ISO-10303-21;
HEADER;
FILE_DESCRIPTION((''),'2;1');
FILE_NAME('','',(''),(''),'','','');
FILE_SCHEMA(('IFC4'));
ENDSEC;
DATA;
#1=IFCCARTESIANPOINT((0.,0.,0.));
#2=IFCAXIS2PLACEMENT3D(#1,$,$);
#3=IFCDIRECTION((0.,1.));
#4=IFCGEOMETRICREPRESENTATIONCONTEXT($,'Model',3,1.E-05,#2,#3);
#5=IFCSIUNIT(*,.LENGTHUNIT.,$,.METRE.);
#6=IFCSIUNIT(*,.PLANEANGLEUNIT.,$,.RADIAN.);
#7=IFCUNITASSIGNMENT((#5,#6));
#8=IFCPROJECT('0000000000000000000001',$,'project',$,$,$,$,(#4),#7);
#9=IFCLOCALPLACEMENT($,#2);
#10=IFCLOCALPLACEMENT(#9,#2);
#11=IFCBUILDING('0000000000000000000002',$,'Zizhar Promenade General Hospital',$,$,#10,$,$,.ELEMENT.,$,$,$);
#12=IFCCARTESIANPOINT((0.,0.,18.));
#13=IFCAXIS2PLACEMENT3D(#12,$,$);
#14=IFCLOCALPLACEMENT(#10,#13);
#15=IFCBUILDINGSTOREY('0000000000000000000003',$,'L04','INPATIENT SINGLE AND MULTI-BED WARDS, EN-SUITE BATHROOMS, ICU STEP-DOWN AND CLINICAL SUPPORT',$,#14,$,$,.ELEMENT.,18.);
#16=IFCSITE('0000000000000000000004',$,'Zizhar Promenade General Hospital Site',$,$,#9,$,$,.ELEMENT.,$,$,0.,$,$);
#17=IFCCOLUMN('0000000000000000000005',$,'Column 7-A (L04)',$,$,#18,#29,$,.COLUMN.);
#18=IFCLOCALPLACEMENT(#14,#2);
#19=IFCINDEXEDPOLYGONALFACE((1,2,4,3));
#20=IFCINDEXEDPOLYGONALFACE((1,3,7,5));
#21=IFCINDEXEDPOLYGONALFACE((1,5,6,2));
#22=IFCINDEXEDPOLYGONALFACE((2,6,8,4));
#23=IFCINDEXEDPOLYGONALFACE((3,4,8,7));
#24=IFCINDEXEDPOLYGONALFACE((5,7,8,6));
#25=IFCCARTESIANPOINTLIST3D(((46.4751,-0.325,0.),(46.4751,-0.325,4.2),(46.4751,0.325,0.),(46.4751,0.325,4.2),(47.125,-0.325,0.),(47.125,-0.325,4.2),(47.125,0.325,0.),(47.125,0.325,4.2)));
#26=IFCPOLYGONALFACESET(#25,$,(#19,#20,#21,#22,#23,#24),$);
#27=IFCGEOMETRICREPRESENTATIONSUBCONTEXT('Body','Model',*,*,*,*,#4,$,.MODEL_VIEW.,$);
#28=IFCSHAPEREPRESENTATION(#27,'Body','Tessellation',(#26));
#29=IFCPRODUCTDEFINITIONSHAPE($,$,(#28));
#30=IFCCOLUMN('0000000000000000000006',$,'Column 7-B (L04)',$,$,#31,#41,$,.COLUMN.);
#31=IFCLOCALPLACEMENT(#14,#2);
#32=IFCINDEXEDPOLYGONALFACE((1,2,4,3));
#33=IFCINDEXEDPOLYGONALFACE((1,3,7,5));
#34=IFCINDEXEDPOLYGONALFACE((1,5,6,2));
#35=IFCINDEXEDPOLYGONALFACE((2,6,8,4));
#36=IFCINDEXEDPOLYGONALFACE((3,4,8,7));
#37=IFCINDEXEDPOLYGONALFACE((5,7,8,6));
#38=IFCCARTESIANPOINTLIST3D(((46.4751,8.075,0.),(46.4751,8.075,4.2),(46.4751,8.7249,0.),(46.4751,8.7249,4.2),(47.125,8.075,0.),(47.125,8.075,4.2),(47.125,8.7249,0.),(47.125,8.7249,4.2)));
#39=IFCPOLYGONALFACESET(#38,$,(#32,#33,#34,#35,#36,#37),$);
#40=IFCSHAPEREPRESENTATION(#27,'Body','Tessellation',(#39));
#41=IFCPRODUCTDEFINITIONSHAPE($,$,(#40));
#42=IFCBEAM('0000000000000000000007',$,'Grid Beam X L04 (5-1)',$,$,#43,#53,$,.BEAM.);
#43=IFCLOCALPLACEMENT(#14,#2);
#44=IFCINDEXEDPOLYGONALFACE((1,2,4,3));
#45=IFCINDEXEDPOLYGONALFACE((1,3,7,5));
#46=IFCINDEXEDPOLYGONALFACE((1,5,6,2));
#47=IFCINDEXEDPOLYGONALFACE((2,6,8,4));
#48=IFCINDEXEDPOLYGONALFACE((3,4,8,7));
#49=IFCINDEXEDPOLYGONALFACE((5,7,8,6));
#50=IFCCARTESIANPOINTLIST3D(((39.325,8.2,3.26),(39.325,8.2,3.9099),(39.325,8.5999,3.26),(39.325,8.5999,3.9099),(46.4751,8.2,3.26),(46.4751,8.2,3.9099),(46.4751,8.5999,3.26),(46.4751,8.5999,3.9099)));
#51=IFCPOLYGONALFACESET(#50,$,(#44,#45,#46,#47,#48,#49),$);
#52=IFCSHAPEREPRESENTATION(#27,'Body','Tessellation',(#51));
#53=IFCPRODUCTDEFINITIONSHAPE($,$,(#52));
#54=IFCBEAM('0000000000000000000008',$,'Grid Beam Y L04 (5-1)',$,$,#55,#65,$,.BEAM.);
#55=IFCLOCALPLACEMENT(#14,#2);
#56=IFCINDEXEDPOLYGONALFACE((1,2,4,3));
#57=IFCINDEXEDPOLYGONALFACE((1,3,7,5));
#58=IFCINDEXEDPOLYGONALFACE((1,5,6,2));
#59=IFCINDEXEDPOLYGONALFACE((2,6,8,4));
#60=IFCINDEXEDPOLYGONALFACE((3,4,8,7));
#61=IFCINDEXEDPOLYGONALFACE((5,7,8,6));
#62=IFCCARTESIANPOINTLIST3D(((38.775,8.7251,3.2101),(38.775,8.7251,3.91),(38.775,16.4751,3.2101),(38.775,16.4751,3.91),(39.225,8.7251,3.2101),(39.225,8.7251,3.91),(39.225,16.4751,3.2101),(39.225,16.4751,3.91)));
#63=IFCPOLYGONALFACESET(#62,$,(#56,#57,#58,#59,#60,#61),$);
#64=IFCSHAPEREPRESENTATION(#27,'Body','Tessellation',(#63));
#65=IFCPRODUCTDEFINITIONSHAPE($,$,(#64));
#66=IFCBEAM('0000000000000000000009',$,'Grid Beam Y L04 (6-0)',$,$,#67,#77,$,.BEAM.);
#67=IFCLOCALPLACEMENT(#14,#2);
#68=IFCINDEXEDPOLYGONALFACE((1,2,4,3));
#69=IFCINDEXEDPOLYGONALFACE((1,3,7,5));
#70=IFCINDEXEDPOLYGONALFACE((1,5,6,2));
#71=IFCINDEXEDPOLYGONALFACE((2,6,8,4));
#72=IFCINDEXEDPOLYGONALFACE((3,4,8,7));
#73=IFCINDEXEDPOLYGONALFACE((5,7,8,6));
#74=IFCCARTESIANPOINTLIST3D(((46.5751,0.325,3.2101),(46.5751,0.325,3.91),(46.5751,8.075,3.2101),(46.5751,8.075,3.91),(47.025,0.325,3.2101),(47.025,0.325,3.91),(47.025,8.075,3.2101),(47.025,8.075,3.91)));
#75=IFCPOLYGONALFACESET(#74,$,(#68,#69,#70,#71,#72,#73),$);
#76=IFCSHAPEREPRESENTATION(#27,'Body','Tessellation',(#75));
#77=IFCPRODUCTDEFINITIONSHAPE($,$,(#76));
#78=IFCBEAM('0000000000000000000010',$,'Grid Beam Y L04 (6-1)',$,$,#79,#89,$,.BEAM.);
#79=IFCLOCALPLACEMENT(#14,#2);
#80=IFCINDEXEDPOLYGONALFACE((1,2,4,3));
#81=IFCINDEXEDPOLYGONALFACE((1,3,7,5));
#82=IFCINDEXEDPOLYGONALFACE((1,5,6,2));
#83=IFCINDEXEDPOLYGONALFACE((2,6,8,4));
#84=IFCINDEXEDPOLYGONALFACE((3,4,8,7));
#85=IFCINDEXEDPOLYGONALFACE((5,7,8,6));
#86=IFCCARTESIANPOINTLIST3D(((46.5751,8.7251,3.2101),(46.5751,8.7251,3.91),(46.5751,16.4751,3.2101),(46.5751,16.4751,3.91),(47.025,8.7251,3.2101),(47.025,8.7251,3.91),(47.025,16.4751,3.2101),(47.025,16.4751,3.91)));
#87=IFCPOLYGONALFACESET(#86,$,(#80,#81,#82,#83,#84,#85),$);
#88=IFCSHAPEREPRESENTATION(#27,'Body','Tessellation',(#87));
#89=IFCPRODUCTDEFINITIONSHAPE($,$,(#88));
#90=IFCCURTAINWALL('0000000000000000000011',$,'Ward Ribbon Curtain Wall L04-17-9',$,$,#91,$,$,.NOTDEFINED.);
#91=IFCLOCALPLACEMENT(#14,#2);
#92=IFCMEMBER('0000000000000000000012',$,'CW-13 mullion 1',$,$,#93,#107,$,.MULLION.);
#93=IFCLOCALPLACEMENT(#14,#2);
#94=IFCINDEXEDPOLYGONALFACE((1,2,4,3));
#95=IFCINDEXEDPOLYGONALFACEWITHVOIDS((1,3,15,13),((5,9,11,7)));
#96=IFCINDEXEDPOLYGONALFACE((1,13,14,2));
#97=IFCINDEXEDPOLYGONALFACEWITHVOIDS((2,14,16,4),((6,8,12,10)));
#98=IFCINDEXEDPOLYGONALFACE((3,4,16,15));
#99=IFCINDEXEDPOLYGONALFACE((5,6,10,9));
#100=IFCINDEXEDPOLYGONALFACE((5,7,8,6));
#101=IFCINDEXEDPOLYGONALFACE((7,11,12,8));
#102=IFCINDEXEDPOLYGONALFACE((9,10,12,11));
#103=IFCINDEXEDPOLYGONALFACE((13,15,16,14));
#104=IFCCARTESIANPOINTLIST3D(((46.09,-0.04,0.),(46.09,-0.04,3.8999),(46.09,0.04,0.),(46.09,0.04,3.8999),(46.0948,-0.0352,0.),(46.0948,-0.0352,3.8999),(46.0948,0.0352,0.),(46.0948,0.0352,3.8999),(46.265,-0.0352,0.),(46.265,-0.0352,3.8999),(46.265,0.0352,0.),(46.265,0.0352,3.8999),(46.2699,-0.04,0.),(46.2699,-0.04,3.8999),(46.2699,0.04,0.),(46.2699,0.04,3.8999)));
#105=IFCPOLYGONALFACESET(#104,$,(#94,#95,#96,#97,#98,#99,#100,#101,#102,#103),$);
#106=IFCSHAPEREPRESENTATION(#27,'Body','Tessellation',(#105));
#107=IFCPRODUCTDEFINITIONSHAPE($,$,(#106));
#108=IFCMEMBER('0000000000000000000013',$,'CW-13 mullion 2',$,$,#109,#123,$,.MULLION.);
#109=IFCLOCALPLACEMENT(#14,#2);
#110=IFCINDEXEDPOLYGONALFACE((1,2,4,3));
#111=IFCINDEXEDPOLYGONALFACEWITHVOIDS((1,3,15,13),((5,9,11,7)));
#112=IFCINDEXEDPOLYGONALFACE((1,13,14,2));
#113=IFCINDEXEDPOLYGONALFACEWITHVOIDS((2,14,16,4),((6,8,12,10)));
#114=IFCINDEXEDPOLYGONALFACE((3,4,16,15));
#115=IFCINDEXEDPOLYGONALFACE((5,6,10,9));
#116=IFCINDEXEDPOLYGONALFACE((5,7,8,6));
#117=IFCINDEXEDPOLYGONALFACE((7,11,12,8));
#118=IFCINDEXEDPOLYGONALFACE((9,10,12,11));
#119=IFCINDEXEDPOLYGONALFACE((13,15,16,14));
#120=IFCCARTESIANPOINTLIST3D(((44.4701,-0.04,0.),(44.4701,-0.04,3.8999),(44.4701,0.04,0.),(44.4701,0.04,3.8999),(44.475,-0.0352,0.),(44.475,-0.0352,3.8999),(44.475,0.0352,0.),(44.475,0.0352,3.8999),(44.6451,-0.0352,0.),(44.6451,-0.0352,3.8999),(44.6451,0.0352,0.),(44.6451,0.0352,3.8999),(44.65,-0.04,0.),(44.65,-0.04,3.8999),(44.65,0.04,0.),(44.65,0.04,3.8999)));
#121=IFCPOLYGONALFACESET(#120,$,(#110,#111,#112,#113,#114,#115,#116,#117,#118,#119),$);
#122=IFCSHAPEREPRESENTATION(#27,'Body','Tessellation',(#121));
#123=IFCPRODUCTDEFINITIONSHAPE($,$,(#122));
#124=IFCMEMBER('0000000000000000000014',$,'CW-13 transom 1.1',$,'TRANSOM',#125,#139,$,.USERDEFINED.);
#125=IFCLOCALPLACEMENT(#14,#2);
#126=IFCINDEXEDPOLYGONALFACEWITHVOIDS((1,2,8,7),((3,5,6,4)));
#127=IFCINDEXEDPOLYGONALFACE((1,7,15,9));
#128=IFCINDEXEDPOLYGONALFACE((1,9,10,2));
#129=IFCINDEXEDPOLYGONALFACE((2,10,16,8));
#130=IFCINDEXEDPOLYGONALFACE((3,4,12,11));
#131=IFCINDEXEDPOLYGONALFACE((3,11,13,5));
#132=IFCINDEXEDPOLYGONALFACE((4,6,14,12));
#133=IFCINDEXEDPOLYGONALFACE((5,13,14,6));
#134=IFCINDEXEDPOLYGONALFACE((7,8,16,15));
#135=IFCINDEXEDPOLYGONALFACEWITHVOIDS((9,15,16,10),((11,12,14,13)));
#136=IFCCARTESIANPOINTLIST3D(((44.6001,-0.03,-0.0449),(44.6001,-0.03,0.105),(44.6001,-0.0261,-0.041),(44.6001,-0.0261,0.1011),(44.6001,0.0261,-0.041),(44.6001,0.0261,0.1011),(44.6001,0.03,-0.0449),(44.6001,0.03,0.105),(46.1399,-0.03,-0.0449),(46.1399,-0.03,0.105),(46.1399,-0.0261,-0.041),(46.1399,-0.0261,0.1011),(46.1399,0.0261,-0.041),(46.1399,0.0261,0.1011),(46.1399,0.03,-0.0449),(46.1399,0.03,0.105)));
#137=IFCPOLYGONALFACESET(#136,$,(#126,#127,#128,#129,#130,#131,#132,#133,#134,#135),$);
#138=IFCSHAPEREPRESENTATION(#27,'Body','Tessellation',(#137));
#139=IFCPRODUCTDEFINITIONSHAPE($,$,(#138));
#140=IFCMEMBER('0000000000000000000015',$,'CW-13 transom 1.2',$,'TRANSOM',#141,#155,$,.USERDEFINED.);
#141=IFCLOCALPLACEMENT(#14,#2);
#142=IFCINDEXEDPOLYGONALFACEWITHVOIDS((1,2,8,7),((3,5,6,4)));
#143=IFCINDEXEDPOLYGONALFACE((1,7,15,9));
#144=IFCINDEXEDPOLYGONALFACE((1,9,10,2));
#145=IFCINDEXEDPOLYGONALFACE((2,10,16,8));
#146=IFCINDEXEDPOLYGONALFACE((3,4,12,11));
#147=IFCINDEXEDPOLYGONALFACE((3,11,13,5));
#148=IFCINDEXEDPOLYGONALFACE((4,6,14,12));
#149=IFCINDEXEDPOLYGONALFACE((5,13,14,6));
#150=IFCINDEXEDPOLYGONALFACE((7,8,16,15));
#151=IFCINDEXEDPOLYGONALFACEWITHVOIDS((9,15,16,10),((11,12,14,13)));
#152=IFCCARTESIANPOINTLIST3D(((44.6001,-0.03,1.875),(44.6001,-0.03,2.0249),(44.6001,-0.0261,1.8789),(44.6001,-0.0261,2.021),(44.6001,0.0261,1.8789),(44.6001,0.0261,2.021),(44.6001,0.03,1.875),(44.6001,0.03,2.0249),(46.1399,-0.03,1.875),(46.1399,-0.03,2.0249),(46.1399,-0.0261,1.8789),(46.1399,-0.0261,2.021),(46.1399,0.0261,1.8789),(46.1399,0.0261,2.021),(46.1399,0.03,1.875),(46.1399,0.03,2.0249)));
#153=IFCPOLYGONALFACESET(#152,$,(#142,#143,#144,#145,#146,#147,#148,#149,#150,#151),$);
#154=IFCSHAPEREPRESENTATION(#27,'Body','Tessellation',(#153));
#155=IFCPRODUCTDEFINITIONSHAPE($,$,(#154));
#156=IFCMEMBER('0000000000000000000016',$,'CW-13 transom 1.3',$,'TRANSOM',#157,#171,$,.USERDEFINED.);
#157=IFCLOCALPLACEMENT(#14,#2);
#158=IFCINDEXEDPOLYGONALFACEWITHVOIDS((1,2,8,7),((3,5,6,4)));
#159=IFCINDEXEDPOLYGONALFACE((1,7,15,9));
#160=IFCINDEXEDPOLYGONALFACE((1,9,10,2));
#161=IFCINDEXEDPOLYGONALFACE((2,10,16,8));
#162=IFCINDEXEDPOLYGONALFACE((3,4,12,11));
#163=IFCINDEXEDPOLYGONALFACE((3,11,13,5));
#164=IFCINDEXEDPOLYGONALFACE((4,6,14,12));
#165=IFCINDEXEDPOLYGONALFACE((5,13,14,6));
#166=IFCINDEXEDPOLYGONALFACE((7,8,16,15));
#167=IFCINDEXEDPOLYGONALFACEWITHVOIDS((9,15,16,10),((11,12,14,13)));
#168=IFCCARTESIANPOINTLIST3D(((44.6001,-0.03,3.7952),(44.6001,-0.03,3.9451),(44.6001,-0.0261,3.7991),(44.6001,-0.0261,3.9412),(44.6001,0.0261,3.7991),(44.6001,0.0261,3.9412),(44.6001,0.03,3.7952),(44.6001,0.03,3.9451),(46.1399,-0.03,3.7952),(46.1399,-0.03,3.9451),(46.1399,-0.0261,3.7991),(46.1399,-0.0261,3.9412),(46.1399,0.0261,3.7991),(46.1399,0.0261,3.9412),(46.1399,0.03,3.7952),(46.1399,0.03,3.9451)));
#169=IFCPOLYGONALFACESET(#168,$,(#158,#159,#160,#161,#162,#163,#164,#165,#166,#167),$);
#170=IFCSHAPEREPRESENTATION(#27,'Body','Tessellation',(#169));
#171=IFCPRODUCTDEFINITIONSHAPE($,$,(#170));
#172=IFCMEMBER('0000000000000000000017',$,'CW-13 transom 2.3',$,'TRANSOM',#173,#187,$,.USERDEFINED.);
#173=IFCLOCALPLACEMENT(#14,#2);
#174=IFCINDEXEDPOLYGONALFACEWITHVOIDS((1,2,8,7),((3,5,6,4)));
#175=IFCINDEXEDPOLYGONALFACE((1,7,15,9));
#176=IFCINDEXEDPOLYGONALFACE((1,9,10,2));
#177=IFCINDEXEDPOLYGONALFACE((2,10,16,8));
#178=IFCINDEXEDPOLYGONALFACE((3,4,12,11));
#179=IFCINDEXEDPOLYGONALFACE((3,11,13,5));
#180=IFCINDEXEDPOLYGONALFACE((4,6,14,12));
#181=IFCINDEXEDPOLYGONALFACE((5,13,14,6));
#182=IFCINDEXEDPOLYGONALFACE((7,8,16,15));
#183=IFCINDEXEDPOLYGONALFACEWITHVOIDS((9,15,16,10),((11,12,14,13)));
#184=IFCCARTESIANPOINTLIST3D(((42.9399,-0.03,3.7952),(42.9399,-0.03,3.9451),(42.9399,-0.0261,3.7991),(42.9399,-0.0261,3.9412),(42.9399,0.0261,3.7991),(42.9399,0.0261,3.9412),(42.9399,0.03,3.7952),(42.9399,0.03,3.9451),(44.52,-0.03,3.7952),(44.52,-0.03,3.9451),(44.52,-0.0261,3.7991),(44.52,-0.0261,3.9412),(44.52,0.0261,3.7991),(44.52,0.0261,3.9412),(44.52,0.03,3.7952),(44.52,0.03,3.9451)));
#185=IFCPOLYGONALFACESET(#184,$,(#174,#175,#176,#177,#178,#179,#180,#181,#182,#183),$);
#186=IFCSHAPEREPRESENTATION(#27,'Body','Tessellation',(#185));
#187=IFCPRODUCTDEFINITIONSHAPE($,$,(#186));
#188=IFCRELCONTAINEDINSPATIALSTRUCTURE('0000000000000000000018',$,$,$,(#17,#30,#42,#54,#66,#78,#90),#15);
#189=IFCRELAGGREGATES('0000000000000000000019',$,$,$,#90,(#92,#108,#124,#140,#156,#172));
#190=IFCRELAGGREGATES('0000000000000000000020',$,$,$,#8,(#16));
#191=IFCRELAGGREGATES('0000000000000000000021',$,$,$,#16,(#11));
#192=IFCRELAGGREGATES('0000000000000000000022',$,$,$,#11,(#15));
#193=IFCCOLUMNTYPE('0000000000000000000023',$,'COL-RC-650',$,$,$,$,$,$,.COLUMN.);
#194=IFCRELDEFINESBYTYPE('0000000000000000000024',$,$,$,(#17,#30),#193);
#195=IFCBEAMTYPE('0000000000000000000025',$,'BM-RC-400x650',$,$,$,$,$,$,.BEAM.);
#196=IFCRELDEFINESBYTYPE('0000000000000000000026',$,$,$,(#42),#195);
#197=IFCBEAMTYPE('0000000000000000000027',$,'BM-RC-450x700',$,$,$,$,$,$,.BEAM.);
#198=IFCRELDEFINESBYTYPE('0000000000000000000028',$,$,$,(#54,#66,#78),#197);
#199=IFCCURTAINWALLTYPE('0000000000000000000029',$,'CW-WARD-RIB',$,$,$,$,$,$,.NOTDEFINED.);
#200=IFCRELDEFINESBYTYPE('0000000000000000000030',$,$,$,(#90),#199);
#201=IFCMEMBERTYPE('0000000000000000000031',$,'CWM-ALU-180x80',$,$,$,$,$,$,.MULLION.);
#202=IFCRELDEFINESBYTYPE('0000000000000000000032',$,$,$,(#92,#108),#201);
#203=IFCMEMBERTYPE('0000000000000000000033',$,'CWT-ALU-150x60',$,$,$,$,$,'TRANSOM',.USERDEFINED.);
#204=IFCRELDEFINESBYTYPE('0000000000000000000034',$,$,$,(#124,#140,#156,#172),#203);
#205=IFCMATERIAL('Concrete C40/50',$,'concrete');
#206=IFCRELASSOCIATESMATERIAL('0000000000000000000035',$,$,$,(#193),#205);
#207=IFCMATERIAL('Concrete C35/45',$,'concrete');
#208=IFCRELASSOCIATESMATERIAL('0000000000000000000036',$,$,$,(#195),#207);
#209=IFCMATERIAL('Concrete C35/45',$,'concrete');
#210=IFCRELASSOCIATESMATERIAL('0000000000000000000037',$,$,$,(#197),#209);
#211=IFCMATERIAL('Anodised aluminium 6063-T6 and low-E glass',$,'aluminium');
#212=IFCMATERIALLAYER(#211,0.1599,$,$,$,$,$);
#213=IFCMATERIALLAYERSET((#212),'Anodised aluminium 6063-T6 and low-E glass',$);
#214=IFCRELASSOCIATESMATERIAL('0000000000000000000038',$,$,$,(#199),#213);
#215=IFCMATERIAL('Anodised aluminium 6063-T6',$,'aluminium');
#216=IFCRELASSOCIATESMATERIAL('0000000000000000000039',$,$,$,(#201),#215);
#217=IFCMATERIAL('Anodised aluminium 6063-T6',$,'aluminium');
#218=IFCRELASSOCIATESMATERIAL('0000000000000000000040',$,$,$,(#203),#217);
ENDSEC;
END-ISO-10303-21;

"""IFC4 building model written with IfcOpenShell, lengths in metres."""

from ifc_helpers import new_model, si_unit, direction, frame, origin, origin_2d, place, context, subcontext, project, spatial, rectangle, hollow_rectangle, extrude, material, layer, layer_set, material_profile, profile_set, type_object, element, aggregate, save


model = new_model("IFC4")

# Units and contexts
model_context = context("Model", 3, precision=1e-05, world=origin(), true_north=direction((0.0, 1.0)))
body_context = subcontext(model_context, "Body", "Model", "MODEL_VIEW")
ifc_project = project(units=[si_unit("LENGTHUNIT", "METRE"), si_unit("PLANEANGLEUNIT", "RADIAN")], contexts=[model_context])

# Site, building, storey
site_placement = place(None, origin())
site = spatial("IfcSite", under=ifc_project, at=site_placement, Name="Zizhar Promenade General Hospital Site", CompositionType="ELEMENT", RefElevation=0.0)
building_placement = place(site_placement, origin())
building = spatial("IfcBuilding", under=site, at=building_placement, Name="Zizhar Promenade General Hospital", CompositionType="ELEMENT")
storey_placement = place(building_placement, frame((0.0, 0.0, 18.0)))
storey = spatial("IfcBuildingStorey", under=building, at=storey_placement, Name="L04", Description="INPATIENT SINGLE AND MULTI-BED WARDS, EN-SUITE BATHROOMS, ICU STEP-DOWN AND CLINICAL SUPPORT", CompositionType="ELEMENT", Elevation=18.0)

# Columns
ifc_material_1 = material(Name="Concrete C40/50", Category="concrete")
ifc_material_profile_1 = material_profile(ifc_material_1, rectangle(XDim=0.6499, YDim=0.6499, at=origin_2d()))
ifc_profile_set_1 = profile_set([ifc_material_profile_1], Name="Concrete C40/50")
column_type = type_object("IfcColumnType", Name="COL-RC-650", PredefinedType="COLUMN", material=ifc_profile_set_1)
for number, where, z_axis, x_axis, name in (
    (1, (46.8, 0.0, 0.0), (0.0, 0.0, 1.0), (1.0, 0.0, 0.0), "Column 7-A (L04)"),
    (2, (46.8, 8.3999, 0.0), (0.0, 0.0, 1.0), (1.0, 0.0, 0.0), "Column 7-B (L04)"),
):
    element("IfcColumn", number, at=place(storey_placement, frame(where, z_axis=z_axis, x_axis=x_axis)), inside=storey, type_object=column_type, Name=name, PredefinedType="COLUMN", context=body_context, shape_type="SweptSolid", body=[
        extrude(rectangle(XDim=0.6499, YDim=0.6499, at=origin_2d()), origin(), (0.0, 0.0, 1.0), 4.2),
    ])

# Beams
ifc_material_2 = material(Name="Concrete C35/45", Category="concrete")
ifc_material_profile_2 = material_profile(ifc_material_2, rectangle(XDim=0.3999, YDim=0.6499, at=origin_2d()))
ifc_profile_set_2 = profile_set([ifc_material_profile_2], Name="Concrete C35/45")
beam_type_1 = type_object("IfcBeamType", Name="BM-RC-400x650", PredefinedType="BEAM", material=ifc_profile_set_2)
beam_placement = place(storey_placement, frame((39.325, 8.3999, 3.585), z_axis=(1.0, 0.0, 0.0), x_axis=(0.0, 1.0, 0.0)))
element("IfcBeam", 3, at=beam_placement, inside=storey, type_object=beam_type_1, Name="Grid Beam X L04 (5-1)", PredefinedType="BEAM", context=body_context, shape_type="SweptSolid", body=[
    extrude(rectangle(XDim=0.3999, YDim=0.6499, at=origin_2d()), origin(), (0.0, 0.0, 1.0), 7.1501),
])
ifc_material_3 = material(Name="Concrete C35/45", Category="concrete")
ifc_material_profile_3 = material_profile(ifc_material_3, rectangle(XDim=0.45, YDim=0.7, at=origin_2d()))
ifc_profile_set_3 = profile_set([ifc_material_profile_3], Name="Concrete C35/45")
beam_type_2 = type_object("IfcBeamType", Name="BM-RC-450x700", PredefinedType="BEAM", material=ifc_profile_set_3)
for number, where, z_axis, x_axis, name in (
    (4, (39.0, 8.7251, 3.5601), (0.0, 1.0, 0.0), (-1.0, 0.0, 0.0), "Grid Beam Y L04 (5-1)"),
    (5, (46.8, 0.325, 3.5601), (0.0, 1.0, 0.0), (-1.0, 0.0, 0.0), "Grid Beam Y L04 (6-0)"),
    (6, (46.8, 8.7251, 3.5601), (0.0, 1.0, 0.0), (-1.0, 0.0, 0.0), "Grid Beam Y L04 (6-1)"),
):
    element("IfcBeam", number, at=place(storey_placement, frame(where, z_axis=z_axis, x_axis=x_axis)), inside=storey, type_object=beam_type_2, Name=name, PredefinedType="BEAM", context=body_context, shape_type="SweptSolid", body=[
        extrude(rectangle(XDim=0.45, YDim=0.7, at=origin_2d()), origin(), (0.0, 0.0, 1.0), 7.75),
    ])

# Curtain wall, members
ifc_material_4 = material(Name="Anodised aluminium 6063-T6 and low-E glass", Category="aluminium")
ifc_layer_1 = layer(ifc_material_4, 0.1599)
ifc_layer_set_1 = layer_set([ifc_layer_1], Name="Anodised aluminium 6063-T6 and low-E glass")
curtain_wall_type = type_object("IfcCurtainWallType", Name="CW-WARD-RIB", PredefinedType="NOTDEFINED", material=ifc_layer_set_1)
curtain_wall_placement = place(storey_placement, origin())
curtain_wall = element("IfcCurtainWall", 7, at=curtain_wall_placement, inside=storey, type_object=curtain_wall_type, Name="Ward Ribbon Curtain Wall L04-17-9", PredefinedType="NOTDEFINED")
ifc_material_5 = material(Name="Anodised aluminium 6063-T6", Category="aluminium")
ifc_material_profile_4 = material_profile(ifc_material_5, hollow_rectangle(XDim=0.0801, YDim=0.1799, WallThickness=0.0049, at=origin_2d()))
ifc_profile_set_4 = profile_set([ifc_material_profile_4], Name="Anodised aluminium 6063-T6")
member_type_1 = type_object("IfcMemberType", Name="CWM-ALU-180x80", PredefinedType="MULLION", material=ifc_profile_set_4)
member_1_placement = place(storey_placement, frame((46.1799, 0.0, 0.0), z_axis=(0.0, 0.0, 1.0), x_axis=(0.0, -1.0, 0.0)))
member_1 = element("IfcMember", 8, at=member_1_placement, type_object=member_type_1, Name="CW-13 mullion 1", PredefinedType="MULLION", context=body_context, shape_type="SweptSolid", body=[
    extrude(hollow_rectangle(XDim=0.0801, YDim=0.1799, WallThickness=0.0049, at=origin_2d()), origin(), (0.0, 0.0, 1.0), 3.8999),
])
member_2_placement = place(storey_placement, frame((44.5601, 0.0, 0.0), z_axis=(0.0, 0.0, 1.0), x_axis=(0.0, -1.0, 0.0)))
member_2 = element("IfcMember", 9, at=member_2_placement, type_object=member_type_1, Name="CW-13 mullion 2", PredefinedType="MULLION", context=body_context, shape_type="SweptSolid", body=[
    extrude(hollow_rectangle(XDim=0.0801, YDim=0.1799, WallThickness=0.0049, at=origin_2d()), origin(), (0.0, 0.0, 1.0), 3.8999),
])
ifc_material_6 = material(Name="Anodised aluminium 6063-T6", Category="aluminium")
ifc_material_profile_5 = material_profile(ifc_material_6, hollow_rectangle(XDim=0.0601, YDim=0.1499, WallThickness=0.0039, at=origin_2d()))
ifc_profile_set_5 = profile_set([ifc_material_profile_5], Name="Anodised aluminium 6063-T6")
member_type_2 = type_object("IfcMemberType", Name="CWT-ALU-150x60", ElementType="TRANSOM", PredefinedType="USERDEFINED", material=ifc_profile_set_5)
member_3_placement = place(storey_placement, frame((46.1399, 0.0, 0.03), z_axis=(-1.0, 0.0, 0.0), x_axis=(0.0, -1.0, 0.0)))
member_3 = element("IfcMember", 10, at=member_3_placement, type_object=member_type_2, Name="CW-13 transom 1.1", ObjectType="TRANSOM", PredefinedType="USERDEFINED", context=body_context, shape_type="SweptSolid", body=[
    extrude(hollow_rectangle(XDim=0.0601, YDim=0.1499, WallThickness=0.0039, at=origin_2d()), origin(), (0.0, 0.0, 1.0), 1.5398),
])
member_4_placement = place(storey_placement, frame((46.1399, 0.0, 1.95), z_axis=(-1.0, 0.0, 0.0), x_axis=(0.0, -1.0, 0.0)))
member_4 = element("IfcMember", 11, at=member_4_placement, type_object=member_type_2, Name="CW-13 transom 1.2", ObjectType="TRANSOM", PredefinedType="USERDEFINED", context=body_context, shape_type="SweptSolid", body=[
    extrude(hollow_rectangle(XDim=0.0601, YDim=0.1499, WallThickness=0.0039, at=origin_2d()), origin(), (0.0, 0.0, 1.0), 1.5398),
])
member_5_placement = place(storey_placement, frame((46.1399, 0.0, 3.8701), z_axis=(-1.0, 0.0, 0.0), x_axis=(0.0, -1.0, 0.0)))
member_5 = element("IfcMember", 12, at=member_5_placement, type_object=member_type_2, Name="CW-13 transom 1.3", ObjectType="TRANSOM", PredefinedType="USERDEFINED", context=body_context, shape_type="SweptSolid", body=[
    extrude(hollow_rectangle(XDim=0.0601, YDim=0.1499, WallThickness=0.0039, at=origin_2d()), origin(), (0.0, 0.0, 1.0), 1.5398),
])
member_6_placement = place(storey_placement, frame((44.52, 0.0, 3.8701), z_axis=(-1.0, 0.0, 0.0), x_axis=(0.0, -1.0, 0.0)))
member_6 = element("IfcMember", 13, at=member_6_placement, type_object=member_type_2, Name="CW-13 transom 2.3", ObjectType="TRANSOM", PredefinedType="USERDEFINED", context=body_context, shape_type="SweptSolid", body=[
    extrude(hollow_rectangle(XDim=0.0601, YDim=0.1499, WallThickness=0.0039, at=origin_2d()), origin(), (0.0, 0.0, 1.0), 1.5801),
])
aggregate(curtain_wall, [member_1, member_2, member_3, member_4, member_5, member_6])

save(model, "model.ifc")
